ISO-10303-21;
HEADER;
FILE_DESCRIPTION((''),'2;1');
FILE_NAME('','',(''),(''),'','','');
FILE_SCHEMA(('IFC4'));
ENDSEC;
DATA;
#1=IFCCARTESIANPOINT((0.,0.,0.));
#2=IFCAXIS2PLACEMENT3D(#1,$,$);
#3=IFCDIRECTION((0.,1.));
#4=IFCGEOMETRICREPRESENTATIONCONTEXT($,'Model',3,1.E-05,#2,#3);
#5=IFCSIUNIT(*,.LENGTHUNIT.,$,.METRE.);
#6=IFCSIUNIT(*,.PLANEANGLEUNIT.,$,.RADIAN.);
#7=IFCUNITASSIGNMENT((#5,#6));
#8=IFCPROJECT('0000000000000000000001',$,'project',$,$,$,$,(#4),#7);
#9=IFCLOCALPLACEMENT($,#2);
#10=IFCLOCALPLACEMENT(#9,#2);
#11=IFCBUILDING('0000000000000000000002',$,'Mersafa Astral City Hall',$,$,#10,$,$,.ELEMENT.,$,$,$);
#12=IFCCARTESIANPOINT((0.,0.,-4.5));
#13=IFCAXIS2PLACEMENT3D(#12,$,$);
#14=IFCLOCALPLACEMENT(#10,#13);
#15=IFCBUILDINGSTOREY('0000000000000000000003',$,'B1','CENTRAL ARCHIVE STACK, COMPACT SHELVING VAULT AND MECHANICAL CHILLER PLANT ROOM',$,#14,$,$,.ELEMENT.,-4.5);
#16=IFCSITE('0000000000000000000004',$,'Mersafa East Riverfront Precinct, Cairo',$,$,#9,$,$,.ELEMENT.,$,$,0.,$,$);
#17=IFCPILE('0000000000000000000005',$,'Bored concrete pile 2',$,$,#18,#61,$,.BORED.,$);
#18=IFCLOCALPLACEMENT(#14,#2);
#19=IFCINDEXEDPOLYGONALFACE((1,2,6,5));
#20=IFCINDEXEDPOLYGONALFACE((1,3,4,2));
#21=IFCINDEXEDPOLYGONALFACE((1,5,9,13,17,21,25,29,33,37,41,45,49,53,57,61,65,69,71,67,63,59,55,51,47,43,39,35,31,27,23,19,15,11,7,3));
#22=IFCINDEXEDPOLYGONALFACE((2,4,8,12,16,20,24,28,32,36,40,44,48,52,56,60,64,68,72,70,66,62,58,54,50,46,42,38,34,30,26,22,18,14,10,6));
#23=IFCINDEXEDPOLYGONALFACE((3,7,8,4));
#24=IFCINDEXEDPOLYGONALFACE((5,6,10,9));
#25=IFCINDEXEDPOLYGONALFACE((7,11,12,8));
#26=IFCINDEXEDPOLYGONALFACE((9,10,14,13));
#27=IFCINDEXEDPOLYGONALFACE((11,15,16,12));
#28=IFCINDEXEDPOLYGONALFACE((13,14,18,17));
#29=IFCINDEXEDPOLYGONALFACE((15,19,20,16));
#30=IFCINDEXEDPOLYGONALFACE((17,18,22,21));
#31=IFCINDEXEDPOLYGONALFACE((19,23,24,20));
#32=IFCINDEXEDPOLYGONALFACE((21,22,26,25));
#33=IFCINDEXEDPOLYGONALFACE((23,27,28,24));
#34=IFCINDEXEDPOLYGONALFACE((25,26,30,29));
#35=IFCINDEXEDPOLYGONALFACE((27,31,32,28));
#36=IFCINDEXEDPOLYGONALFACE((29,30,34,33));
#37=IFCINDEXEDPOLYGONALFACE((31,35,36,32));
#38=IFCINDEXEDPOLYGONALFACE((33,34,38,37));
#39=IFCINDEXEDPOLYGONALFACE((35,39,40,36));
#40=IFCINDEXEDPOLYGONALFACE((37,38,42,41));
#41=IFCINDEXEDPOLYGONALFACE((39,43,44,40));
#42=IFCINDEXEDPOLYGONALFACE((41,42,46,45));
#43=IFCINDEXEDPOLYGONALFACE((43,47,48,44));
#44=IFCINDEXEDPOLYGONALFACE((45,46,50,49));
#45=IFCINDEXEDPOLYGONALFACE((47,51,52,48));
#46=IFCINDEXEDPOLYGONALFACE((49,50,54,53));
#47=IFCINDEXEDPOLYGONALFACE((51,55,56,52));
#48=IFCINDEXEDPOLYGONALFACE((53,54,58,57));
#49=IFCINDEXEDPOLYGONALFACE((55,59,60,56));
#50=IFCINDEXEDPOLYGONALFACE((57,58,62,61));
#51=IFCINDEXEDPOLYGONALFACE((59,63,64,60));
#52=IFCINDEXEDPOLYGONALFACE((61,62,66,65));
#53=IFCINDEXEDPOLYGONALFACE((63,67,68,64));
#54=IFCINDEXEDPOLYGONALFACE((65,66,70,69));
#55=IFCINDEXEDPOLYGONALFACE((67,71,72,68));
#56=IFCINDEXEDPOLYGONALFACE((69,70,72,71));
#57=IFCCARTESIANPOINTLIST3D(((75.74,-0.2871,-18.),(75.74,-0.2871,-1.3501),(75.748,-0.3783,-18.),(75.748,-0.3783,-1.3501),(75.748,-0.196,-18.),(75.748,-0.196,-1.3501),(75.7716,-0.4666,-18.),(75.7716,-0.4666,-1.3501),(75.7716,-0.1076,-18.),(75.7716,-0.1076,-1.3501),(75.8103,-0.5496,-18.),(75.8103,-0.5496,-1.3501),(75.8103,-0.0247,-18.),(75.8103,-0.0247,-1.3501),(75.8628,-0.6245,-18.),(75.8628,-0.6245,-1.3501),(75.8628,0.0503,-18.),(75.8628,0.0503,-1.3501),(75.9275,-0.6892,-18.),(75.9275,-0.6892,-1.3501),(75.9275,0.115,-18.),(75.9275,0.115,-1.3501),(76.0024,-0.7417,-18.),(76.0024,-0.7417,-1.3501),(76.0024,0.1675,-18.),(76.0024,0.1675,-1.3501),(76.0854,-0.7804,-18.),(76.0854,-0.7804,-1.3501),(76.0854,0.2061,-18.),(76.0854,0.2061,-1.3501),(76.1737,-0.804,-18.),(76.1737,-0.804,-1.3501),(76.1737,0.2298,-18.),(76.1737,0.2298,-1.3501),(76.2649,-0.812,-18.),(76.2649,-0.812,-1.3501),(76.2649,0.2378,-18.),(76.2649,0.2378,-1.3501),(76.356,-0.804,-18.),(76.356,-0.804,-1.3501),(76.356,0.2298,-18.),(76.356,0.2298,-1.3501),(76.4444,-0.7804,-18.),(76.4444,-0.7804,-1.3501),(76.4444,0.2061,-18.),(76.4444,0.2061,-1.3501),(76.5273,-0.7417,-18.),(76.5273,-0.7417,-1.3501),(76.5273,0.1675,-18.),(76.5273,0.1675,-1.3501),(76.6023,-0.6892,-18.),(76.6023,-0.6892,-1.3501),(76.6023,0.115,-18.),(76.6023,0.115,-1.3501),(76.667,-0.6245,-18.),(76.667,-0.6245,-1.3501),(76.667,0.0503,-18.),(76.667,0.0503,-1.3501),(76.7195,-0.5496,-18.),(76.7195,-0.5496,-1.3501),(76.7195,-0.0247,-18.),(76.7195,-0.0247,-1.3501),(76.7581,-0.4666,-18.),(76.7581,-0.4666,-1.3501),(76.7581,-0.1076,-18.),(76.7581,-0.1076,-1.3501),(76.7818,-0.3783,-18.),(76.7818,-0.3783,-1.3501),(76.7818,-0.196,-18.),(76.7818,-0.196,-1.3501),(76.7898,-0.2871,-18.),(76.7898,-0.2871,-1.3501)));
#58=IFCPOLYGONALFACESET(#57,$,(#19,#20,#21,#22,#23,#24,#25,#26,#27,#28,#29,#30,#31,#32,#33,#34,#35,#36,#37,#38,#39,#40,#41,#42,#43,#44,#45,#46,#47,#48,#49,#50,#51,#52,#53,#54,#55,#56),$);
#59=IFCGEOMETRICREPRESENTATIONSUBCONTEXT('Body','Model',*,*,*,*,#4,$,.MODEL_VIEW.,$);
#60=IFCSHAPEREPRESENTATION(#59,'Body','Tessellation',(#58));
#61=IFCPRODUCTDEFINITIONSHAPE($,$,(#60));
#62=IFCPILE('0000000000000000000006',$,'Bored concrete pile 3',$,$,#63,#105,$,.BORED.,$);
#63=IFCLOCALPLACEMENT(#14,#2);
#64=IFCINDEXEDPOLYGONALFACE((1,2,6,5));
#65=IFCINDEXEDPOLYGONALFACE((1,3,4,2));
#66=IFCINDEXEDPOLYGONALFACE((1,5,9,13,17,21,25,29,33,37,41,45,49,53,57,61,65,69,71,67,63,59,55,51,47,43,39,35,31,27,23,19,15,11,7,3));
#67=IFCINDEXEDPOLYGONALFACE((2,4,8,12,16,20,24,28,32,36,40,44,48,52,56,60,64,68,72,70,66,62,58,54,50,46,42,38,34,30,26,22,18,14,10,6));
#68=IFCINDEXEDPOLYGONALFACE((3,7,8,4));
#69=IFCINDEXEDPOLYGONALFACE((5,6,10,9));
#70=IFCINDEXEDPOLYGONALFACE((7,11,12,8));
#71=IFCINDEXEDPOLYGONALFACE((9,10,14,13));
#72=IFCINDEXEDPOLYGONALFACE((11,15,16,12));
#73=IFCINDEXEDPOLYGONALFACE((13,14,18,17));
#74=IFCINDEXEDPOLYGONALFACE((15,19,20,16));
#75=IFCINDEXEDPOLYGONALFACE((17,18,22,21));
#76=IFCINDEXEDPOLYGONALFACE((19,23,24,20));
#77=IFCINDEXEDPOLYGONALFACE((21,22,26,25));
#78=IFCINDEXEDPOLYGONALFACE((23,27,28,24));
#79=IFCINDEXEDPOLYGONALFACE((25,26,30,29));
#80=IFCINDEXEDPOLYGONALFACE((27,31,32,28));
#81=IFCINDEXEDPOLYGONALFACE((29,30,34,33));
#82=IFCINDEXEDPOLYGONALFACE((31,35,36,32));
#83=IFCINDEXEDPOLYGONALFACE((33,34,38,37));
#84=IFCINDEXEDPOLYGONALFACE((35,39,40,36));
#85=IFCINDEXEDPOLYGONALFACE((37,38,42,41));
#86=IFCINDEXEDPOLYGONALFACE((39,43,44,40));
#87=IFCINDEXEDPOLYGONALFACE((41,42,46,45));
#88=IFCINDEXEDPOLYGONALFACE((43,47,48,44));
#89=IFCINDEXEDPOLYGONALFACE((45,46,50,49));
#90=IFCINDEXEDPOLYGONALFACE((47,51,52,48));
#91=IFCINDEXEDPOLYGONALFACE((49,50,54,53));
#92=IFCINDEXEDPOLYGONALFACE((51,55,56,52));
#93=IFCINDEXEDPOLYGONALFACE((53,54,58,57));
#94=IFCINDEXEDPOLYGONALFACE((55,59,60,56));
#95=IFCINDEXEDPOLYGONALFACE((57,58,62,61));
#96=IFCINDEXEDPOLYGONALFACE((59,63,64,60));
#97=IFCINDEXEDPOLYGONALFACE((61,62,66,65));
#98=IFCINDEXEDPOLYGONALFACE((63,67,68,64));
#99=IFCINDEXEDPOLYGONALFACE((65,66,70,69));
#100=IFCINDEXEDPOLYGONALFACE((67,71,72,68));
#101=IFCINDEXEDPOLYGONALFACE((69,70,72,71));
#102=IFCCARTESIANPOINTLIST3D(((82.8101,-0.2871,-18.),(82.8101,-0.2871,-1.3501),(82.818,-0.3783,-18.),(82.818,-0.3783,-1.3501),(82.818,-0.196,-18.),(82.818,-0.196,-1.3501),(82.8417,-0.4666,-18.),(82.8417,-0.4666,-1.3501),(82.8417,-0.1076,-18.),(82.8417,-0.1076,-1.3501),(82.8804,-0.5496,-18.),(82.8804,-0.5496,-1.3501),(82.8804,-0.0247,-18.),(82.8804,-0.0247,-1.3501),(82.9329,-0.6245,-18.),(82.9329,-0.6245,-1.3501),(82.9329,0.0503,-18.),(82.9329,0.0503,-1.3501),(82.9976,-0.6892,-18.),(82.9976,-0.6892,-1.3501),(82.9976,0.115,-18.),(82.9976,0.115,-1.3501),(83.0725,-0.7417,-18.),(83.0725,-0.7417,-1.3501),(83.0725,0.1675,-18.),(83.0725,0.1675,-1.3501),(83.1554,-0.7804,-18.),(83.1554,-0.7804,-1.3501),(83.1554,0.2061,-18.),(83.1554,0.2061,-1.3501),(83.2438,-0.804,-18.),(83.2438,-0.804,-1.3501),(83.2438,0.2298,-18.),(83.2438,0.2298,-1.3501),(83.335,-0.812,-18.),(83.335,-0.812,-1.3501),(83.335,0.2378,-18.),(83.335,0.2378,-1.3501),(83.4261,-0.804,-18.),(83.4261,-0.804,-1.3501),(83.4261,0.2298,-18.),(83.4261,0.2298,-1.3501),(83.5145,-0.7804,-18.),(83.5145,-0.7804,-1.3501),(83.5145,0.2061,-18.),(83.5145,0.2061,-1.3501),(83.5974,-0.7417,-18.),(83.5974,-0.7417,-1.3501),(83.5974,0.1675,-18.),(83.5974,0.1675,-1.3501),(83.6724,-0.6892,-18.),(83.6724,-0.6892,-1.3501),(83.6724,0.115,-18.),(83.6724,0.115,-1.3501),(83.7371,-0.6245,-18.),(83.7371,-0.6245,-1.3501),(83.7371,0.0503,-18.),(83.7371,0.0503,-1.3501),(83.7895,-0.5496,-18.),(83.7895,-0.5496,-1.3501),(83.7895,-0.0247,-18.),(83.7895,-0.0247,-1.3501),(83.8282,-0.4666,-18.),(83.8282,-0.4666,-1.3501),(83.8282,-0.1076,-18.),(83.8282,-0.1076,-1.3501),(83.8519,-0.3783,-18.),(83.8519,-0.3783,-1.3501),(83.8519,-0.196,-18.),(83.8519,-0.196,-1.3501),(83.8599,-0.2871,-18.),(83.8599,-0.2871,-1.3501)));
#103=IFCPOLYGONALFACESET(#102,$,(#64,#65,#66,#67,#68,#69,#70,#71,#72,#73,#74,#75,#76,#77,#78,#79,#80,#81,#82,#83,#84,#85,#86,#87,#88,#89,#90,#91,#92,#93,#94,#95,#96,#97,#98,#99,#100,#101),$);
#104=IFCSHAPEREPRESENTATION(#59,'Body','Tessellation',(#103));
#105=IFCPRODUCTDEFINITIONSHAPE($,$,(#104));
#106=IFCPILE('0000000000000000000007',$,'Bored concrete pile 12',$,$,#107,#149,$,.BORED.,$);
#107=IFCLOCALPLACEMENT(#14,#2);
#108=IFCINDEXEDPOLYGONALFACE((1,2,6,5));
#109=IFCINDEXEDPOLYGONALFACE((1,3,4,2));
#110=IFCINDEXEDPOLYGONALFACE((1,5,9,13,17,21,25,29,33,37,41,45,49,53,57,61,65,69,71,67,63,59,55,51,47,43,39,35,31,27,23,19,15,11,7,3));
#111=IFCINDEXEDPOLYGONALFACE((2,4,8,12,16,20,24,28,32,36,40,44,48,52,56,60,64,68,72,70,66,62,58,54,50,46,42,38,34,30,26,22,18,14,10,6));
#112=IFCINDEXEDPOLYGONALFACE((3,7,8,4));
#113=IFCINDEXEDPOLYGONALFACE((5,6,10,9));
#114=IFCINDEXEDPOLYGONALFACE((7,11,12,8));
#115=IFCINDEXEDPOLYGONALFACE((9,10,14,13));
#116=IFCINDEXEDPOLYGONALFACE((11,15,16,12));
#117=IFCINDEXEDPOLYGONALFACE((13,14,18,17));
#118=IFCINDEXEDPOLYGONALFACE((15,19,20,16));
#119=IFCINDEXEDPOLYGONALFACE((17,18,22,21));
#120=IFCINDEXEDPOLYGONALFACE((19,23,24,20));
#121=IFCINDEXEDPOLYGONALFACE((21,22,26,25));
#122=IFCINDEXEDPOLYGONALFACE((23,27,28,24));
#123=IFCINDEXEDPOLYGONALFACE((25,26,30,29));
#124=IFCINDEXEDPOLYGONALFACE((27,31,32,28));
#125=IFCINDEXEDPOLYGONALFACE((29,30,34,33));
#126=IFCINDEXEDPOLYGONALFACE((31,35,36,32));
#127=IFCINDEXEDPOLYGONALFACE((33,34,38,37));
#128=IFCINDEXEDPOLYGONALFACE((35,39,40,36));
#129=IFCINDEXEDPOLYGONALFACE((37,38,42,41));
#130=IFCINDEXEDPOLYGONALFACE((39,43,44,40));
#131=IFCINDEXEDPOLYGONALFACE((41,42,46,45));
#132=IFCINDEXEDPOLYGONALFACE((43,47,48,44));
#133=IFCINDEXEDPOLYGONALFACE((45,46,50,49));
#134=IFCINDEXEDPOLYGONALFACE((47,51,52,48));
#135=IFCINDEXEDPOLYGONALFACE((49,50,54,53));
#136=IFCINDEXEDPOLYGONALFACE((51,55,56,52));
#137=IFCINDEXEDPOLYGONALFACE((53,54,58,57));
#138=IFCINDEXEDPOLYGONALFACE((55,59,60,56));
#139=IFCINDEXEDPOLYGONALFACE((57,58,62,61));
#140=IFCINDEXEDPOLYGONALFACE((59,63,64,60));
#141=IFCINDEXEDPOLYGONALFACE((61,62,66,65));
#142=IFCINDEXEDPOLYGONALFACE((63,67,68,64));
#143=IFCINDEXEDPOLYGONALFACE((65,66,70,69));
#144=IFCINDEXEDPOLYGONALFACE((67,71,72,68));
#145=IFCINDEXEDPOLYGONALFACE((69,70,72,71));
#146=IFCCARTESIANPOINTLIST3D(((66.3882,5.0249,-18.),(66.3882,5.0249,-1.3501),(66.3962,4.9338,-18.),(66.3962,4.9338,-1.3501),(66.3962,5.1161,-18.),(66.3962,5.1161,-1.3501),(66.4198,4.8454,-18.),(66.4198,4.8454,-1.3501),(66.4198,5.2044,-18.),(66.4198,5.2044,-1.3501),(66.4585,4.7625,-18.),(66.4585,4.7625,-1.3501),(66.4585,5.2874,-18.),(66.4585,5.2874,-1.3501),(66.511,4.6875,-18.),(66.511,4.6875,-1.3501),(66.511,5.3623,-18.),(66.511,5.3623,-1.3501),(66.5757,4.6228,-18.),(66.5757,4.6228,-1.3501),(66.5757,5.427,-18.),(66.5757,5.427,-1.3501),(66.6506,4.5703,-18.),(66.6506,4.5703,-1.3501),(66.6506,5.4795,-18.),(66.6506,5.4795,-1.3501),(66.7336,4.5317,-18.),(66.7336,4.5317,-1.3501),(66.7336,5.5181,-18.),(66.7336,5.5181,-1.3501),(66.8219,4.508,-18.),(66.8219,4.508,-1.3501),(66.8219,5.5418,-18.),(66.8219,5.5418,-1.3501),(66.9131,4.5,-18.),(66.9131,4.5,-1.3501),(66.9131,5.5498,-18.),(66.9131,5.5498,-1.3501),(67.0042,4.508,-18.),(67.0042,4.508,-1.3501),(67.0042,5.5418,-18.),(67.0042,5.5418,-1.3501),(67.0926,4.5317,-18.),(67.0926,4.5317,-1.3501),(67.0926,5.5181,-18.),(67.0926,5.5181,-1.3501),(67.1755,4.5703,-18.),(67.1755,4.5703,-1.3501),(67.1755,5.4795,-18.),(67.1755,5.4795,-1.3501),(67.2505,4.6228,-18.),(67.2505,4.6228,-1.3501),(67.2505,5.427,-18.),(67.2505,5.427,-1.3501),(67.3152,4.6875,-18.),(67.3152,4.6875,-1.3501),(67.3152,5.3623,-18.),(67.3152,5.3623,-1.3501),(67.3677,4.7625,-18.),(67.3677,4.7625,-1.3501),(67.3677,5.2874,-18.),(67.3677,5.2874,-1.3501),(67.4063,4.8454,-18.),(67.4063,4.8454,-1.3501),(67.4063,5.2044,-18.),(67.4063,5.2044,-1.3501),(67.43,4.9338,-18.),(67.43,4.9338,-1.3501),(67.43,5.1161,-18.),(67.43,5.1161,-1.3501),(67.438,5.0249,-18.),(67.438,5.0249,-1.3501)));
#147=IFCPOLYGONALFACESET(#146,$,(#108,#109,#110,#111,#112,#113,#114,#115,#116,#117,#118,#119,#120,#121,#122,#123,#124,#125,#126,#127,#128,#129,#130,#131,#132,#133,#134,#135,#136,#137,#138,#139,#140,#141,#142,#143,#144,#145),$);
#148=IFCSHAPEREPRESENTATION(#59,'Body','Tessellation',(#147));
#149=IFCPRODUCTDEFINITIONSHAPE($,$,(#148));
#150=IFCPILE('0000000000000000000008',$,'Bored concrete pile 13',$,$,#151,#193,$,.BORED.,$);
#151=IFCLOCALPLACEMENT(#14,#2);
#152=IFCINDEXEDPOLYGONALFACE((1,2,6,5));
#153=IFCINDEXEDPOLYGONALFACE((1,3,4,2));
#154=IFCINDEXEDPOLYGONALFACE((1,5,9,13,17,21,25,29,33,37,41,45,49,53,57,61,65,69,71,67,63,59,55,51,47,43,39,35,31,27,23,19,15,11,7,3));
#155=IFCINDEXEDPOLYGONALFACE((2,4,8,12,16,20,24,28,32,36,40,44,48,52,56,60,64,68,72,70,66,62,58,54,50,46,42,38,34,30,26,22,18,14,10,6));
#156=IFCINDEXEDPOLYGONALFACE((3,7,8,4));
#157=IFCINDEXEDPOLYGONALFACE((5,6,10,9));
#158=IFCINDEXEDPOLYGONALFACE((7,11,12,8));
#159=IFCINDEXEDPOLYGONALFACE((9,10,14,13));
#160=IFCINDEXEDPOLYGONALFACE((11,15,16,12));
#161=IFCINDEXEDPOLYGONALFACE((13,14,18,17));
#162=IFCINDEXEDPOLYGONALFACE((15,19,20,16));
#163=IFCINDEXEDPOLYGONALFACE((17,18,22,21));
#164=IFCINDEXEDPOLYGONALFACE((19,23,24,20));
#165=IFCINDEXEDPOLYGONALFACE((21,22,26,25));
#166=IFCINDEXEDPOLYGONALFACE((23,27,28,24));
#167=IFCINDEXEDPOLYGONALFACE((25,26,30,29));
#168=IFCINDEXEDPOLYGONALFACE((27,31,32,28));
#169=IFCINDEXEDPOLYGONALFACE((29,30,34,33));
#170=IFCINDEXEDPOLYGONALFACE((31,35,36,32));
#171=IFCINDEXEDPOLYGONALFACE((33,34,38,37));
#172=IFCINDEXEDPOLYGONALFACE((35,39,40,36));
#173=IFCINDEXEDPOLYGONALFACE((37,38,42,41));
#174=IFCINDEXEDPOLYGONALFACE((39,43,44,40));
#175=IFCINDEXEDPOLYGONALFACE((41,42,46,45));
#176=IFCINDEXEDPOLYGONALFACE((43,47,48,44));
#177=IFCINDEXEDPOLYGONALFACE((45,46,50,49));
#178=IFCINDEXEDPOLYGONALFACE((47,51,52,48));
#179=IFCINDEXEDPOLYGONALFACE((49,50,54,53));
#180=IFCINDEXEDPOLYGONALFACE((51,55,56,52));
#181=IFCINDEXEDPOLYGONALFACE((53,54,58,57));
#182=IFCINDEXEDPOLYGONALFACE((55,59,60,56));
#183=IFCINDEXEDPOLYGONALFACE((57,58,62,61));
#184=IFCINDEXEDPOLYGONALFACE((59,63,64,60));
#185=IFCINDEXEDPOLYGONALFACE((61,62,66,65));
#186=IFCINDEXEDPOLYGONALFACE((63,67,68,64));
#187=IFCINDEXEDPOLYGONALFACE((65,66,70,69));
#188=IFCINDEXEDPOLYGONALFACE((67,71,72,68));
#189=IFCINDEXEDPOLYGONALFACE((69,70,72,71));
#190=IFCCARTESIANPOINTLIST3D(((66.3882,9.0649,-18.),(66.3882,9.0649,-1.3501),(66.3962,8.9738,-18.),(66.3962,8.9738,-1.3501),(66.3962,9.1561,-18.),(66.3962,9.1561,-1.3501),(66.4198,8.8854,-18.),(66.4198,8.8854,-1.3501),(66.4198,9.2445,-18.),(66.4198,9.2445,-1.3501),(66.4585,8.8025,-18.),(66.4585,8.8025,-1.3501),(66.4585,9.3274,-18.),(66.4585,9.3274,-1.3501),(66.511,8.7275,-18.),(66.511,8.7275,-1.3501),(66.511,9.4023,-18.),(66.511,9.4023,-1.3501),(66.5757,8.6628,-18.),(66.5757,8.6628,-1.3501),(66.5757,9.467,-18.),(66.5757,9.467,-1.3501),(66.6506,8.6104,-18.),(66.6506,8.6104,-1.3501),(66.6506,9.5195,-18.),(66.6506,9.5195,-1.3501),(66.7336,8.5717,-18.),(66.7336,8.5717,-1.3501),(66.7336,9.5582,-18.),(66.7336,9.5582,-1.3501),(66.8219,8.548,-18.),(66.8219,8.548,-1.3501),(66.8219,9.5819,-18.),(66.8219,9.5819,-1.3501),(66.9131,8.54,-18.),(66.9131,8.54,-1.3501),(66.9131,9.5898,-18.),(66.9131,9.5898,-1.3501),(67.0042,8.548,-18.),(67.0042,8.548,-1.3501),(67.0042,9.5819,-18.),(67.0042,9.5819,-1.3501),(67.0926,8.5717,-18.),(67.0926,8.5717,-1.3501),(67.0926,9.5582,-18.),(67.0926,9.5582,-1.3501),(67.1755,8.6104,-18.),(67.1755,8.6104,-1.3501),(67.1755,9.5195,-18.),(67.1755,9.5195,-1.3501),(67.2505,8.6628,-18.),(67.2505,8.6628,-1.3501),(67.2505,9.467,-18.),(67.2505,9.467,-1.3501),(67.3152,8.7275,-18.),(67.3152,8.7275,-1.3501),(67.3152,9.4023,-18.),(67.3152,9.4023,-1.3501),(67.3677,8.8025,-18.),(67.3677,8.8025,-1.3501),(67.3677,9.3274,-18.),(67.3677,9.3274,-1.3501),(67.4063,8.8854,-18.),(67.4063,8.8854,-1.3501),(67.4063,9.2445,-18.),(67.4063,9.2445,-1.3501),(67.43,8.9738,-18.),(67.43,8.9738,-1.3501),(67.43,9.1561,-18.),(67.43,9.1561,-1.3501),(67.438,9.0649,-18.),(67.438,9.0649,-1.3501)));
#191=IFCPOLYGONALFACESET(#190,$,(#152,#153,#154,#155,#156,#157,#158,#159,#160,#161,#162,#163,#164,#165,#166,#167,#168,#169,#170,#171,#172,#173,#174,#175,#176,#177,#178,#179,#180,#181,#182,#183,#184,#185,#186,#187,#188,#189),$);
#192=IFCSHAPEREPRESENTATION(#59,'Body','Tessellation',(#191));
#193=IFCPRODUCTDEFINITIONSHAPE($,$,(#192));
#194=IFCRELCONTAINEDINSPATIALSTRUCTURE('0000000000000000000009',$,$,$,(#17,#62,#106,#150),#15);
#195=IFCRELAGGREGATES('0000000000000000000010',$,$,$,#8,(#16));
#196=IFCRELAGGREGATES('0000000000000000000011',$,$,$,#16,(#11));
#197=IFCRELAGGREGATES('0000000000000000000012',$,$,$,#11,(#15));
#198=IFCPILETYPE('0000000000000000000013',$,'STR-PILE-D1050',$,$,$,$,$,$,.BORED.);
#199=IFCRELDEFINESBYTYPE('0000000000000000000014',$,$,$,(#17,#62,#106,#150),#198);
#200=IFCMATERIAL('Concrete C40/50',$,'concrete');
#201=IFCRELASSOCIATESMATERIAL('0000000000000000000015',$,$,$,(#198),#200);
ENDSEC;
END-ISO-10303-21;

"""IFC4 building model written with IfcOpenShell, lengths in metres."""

from ifc_helpers import new_model, si_unit, direction, frame, origin, origin_2d, place, context, subcontext, project, spatial, circle, extrude, material, material_profile, profile_set, type_object, element, save


model = new_model("IFC4")

# Units and contexts
model_context = context("Model", 3, precision=1e-05, world=origin(), true_north=direction((0.0, 1.0)))
body_context = subcontext(model_context, "Body", "Model", "MODEL_VIEW")
ifc_project = project(units=[si_unit("LENGTHUNIT", "METRE"), si_unit("PLANEANGLEUNIT", "RADIAN")], contexts=[model_context])

# Site, building, storey
site_placement = place(None, origin())
site = spatial("IfcSite", under=ifc_project, at=site_placement, Name="Mersafa East Riverfront Precinct, Cairo", CompositionType="ELEMENT", RefElevation=0.0)
building_placement = place(site_placement, origin())
building = spatial("IfcBuilding", under=site, at=building_placement, Name="Mersafa Astral City Hall", CompositionType="ELEMENT")
storey_placement = place(building_placement, frame((0.0, 0.0, -4.5)))
storey = spatial("IfcBuildingStorey", under=building, at=storey_placement, Name="B1", Description="CENTRAL ARCHIVE STACK, COMPACT SHELVING VAULT AND MECHANICAL CHILLER PLANT ROOM", CompositionType="ELEMENT", Elevation=-4.5)

# Shared definitions
ifc_material = material(Name="Concrete C40/50", Category="concrete")

# Piles
ifc_material_profile_1 = material_profile(ifc_material, circle(Radius=0.5249, at=origin_2d()), Name="PILE D1050")
ifc_profile_set_1 = profile_set([ifc_material_profile_1], Name="Concrete C40/50")
pile_type_1 = type_object("IfcPileType", Name="STR-PILE-D1050", PredefinedType="BORED", material=ifc_profile_set_1)
for number, where, z_axis, x_axis, name in (
    (1, (76.2649, -0.2871, -1.3501), (0.0, 0.0, -1.0), (1.0, 0.0, 0.0), "Bored concrete pile 2"),
    (2, (83.335, -0.2871, -1.3501), (0.0, 0.0, -1.0), (1.0, 0.0, 0.0), "Bored concrete pile 3"),
    (3, (66.9131, 5.0249, -1.3501), (0.0, 0.0, -1.0), (1.0, 0.0, 0.0), "Bored concrete pile 12"),
    (4, (66.9131, 9.0649, -1.3501), (0.0, 0.0, -1.0), (1.0, 0.0, 0.0), "Bored concrete pile 13"),
):
    element("IfcPile", number, at=place(storey_placement, frame(where, z_axis=z_axis, x_axis=x_axis)), inside=storey, type_object=pile_type_1, Name=name, PredefinedType="BORED", context=body_context, shape_type="SweptSolid", body=[
        extrude(circle(Radius=0.5249, at=origin_2d()), origin(), (0.0, 0.0, 1.0), 16.6499),
    ])

save(model, "model.ifc")
